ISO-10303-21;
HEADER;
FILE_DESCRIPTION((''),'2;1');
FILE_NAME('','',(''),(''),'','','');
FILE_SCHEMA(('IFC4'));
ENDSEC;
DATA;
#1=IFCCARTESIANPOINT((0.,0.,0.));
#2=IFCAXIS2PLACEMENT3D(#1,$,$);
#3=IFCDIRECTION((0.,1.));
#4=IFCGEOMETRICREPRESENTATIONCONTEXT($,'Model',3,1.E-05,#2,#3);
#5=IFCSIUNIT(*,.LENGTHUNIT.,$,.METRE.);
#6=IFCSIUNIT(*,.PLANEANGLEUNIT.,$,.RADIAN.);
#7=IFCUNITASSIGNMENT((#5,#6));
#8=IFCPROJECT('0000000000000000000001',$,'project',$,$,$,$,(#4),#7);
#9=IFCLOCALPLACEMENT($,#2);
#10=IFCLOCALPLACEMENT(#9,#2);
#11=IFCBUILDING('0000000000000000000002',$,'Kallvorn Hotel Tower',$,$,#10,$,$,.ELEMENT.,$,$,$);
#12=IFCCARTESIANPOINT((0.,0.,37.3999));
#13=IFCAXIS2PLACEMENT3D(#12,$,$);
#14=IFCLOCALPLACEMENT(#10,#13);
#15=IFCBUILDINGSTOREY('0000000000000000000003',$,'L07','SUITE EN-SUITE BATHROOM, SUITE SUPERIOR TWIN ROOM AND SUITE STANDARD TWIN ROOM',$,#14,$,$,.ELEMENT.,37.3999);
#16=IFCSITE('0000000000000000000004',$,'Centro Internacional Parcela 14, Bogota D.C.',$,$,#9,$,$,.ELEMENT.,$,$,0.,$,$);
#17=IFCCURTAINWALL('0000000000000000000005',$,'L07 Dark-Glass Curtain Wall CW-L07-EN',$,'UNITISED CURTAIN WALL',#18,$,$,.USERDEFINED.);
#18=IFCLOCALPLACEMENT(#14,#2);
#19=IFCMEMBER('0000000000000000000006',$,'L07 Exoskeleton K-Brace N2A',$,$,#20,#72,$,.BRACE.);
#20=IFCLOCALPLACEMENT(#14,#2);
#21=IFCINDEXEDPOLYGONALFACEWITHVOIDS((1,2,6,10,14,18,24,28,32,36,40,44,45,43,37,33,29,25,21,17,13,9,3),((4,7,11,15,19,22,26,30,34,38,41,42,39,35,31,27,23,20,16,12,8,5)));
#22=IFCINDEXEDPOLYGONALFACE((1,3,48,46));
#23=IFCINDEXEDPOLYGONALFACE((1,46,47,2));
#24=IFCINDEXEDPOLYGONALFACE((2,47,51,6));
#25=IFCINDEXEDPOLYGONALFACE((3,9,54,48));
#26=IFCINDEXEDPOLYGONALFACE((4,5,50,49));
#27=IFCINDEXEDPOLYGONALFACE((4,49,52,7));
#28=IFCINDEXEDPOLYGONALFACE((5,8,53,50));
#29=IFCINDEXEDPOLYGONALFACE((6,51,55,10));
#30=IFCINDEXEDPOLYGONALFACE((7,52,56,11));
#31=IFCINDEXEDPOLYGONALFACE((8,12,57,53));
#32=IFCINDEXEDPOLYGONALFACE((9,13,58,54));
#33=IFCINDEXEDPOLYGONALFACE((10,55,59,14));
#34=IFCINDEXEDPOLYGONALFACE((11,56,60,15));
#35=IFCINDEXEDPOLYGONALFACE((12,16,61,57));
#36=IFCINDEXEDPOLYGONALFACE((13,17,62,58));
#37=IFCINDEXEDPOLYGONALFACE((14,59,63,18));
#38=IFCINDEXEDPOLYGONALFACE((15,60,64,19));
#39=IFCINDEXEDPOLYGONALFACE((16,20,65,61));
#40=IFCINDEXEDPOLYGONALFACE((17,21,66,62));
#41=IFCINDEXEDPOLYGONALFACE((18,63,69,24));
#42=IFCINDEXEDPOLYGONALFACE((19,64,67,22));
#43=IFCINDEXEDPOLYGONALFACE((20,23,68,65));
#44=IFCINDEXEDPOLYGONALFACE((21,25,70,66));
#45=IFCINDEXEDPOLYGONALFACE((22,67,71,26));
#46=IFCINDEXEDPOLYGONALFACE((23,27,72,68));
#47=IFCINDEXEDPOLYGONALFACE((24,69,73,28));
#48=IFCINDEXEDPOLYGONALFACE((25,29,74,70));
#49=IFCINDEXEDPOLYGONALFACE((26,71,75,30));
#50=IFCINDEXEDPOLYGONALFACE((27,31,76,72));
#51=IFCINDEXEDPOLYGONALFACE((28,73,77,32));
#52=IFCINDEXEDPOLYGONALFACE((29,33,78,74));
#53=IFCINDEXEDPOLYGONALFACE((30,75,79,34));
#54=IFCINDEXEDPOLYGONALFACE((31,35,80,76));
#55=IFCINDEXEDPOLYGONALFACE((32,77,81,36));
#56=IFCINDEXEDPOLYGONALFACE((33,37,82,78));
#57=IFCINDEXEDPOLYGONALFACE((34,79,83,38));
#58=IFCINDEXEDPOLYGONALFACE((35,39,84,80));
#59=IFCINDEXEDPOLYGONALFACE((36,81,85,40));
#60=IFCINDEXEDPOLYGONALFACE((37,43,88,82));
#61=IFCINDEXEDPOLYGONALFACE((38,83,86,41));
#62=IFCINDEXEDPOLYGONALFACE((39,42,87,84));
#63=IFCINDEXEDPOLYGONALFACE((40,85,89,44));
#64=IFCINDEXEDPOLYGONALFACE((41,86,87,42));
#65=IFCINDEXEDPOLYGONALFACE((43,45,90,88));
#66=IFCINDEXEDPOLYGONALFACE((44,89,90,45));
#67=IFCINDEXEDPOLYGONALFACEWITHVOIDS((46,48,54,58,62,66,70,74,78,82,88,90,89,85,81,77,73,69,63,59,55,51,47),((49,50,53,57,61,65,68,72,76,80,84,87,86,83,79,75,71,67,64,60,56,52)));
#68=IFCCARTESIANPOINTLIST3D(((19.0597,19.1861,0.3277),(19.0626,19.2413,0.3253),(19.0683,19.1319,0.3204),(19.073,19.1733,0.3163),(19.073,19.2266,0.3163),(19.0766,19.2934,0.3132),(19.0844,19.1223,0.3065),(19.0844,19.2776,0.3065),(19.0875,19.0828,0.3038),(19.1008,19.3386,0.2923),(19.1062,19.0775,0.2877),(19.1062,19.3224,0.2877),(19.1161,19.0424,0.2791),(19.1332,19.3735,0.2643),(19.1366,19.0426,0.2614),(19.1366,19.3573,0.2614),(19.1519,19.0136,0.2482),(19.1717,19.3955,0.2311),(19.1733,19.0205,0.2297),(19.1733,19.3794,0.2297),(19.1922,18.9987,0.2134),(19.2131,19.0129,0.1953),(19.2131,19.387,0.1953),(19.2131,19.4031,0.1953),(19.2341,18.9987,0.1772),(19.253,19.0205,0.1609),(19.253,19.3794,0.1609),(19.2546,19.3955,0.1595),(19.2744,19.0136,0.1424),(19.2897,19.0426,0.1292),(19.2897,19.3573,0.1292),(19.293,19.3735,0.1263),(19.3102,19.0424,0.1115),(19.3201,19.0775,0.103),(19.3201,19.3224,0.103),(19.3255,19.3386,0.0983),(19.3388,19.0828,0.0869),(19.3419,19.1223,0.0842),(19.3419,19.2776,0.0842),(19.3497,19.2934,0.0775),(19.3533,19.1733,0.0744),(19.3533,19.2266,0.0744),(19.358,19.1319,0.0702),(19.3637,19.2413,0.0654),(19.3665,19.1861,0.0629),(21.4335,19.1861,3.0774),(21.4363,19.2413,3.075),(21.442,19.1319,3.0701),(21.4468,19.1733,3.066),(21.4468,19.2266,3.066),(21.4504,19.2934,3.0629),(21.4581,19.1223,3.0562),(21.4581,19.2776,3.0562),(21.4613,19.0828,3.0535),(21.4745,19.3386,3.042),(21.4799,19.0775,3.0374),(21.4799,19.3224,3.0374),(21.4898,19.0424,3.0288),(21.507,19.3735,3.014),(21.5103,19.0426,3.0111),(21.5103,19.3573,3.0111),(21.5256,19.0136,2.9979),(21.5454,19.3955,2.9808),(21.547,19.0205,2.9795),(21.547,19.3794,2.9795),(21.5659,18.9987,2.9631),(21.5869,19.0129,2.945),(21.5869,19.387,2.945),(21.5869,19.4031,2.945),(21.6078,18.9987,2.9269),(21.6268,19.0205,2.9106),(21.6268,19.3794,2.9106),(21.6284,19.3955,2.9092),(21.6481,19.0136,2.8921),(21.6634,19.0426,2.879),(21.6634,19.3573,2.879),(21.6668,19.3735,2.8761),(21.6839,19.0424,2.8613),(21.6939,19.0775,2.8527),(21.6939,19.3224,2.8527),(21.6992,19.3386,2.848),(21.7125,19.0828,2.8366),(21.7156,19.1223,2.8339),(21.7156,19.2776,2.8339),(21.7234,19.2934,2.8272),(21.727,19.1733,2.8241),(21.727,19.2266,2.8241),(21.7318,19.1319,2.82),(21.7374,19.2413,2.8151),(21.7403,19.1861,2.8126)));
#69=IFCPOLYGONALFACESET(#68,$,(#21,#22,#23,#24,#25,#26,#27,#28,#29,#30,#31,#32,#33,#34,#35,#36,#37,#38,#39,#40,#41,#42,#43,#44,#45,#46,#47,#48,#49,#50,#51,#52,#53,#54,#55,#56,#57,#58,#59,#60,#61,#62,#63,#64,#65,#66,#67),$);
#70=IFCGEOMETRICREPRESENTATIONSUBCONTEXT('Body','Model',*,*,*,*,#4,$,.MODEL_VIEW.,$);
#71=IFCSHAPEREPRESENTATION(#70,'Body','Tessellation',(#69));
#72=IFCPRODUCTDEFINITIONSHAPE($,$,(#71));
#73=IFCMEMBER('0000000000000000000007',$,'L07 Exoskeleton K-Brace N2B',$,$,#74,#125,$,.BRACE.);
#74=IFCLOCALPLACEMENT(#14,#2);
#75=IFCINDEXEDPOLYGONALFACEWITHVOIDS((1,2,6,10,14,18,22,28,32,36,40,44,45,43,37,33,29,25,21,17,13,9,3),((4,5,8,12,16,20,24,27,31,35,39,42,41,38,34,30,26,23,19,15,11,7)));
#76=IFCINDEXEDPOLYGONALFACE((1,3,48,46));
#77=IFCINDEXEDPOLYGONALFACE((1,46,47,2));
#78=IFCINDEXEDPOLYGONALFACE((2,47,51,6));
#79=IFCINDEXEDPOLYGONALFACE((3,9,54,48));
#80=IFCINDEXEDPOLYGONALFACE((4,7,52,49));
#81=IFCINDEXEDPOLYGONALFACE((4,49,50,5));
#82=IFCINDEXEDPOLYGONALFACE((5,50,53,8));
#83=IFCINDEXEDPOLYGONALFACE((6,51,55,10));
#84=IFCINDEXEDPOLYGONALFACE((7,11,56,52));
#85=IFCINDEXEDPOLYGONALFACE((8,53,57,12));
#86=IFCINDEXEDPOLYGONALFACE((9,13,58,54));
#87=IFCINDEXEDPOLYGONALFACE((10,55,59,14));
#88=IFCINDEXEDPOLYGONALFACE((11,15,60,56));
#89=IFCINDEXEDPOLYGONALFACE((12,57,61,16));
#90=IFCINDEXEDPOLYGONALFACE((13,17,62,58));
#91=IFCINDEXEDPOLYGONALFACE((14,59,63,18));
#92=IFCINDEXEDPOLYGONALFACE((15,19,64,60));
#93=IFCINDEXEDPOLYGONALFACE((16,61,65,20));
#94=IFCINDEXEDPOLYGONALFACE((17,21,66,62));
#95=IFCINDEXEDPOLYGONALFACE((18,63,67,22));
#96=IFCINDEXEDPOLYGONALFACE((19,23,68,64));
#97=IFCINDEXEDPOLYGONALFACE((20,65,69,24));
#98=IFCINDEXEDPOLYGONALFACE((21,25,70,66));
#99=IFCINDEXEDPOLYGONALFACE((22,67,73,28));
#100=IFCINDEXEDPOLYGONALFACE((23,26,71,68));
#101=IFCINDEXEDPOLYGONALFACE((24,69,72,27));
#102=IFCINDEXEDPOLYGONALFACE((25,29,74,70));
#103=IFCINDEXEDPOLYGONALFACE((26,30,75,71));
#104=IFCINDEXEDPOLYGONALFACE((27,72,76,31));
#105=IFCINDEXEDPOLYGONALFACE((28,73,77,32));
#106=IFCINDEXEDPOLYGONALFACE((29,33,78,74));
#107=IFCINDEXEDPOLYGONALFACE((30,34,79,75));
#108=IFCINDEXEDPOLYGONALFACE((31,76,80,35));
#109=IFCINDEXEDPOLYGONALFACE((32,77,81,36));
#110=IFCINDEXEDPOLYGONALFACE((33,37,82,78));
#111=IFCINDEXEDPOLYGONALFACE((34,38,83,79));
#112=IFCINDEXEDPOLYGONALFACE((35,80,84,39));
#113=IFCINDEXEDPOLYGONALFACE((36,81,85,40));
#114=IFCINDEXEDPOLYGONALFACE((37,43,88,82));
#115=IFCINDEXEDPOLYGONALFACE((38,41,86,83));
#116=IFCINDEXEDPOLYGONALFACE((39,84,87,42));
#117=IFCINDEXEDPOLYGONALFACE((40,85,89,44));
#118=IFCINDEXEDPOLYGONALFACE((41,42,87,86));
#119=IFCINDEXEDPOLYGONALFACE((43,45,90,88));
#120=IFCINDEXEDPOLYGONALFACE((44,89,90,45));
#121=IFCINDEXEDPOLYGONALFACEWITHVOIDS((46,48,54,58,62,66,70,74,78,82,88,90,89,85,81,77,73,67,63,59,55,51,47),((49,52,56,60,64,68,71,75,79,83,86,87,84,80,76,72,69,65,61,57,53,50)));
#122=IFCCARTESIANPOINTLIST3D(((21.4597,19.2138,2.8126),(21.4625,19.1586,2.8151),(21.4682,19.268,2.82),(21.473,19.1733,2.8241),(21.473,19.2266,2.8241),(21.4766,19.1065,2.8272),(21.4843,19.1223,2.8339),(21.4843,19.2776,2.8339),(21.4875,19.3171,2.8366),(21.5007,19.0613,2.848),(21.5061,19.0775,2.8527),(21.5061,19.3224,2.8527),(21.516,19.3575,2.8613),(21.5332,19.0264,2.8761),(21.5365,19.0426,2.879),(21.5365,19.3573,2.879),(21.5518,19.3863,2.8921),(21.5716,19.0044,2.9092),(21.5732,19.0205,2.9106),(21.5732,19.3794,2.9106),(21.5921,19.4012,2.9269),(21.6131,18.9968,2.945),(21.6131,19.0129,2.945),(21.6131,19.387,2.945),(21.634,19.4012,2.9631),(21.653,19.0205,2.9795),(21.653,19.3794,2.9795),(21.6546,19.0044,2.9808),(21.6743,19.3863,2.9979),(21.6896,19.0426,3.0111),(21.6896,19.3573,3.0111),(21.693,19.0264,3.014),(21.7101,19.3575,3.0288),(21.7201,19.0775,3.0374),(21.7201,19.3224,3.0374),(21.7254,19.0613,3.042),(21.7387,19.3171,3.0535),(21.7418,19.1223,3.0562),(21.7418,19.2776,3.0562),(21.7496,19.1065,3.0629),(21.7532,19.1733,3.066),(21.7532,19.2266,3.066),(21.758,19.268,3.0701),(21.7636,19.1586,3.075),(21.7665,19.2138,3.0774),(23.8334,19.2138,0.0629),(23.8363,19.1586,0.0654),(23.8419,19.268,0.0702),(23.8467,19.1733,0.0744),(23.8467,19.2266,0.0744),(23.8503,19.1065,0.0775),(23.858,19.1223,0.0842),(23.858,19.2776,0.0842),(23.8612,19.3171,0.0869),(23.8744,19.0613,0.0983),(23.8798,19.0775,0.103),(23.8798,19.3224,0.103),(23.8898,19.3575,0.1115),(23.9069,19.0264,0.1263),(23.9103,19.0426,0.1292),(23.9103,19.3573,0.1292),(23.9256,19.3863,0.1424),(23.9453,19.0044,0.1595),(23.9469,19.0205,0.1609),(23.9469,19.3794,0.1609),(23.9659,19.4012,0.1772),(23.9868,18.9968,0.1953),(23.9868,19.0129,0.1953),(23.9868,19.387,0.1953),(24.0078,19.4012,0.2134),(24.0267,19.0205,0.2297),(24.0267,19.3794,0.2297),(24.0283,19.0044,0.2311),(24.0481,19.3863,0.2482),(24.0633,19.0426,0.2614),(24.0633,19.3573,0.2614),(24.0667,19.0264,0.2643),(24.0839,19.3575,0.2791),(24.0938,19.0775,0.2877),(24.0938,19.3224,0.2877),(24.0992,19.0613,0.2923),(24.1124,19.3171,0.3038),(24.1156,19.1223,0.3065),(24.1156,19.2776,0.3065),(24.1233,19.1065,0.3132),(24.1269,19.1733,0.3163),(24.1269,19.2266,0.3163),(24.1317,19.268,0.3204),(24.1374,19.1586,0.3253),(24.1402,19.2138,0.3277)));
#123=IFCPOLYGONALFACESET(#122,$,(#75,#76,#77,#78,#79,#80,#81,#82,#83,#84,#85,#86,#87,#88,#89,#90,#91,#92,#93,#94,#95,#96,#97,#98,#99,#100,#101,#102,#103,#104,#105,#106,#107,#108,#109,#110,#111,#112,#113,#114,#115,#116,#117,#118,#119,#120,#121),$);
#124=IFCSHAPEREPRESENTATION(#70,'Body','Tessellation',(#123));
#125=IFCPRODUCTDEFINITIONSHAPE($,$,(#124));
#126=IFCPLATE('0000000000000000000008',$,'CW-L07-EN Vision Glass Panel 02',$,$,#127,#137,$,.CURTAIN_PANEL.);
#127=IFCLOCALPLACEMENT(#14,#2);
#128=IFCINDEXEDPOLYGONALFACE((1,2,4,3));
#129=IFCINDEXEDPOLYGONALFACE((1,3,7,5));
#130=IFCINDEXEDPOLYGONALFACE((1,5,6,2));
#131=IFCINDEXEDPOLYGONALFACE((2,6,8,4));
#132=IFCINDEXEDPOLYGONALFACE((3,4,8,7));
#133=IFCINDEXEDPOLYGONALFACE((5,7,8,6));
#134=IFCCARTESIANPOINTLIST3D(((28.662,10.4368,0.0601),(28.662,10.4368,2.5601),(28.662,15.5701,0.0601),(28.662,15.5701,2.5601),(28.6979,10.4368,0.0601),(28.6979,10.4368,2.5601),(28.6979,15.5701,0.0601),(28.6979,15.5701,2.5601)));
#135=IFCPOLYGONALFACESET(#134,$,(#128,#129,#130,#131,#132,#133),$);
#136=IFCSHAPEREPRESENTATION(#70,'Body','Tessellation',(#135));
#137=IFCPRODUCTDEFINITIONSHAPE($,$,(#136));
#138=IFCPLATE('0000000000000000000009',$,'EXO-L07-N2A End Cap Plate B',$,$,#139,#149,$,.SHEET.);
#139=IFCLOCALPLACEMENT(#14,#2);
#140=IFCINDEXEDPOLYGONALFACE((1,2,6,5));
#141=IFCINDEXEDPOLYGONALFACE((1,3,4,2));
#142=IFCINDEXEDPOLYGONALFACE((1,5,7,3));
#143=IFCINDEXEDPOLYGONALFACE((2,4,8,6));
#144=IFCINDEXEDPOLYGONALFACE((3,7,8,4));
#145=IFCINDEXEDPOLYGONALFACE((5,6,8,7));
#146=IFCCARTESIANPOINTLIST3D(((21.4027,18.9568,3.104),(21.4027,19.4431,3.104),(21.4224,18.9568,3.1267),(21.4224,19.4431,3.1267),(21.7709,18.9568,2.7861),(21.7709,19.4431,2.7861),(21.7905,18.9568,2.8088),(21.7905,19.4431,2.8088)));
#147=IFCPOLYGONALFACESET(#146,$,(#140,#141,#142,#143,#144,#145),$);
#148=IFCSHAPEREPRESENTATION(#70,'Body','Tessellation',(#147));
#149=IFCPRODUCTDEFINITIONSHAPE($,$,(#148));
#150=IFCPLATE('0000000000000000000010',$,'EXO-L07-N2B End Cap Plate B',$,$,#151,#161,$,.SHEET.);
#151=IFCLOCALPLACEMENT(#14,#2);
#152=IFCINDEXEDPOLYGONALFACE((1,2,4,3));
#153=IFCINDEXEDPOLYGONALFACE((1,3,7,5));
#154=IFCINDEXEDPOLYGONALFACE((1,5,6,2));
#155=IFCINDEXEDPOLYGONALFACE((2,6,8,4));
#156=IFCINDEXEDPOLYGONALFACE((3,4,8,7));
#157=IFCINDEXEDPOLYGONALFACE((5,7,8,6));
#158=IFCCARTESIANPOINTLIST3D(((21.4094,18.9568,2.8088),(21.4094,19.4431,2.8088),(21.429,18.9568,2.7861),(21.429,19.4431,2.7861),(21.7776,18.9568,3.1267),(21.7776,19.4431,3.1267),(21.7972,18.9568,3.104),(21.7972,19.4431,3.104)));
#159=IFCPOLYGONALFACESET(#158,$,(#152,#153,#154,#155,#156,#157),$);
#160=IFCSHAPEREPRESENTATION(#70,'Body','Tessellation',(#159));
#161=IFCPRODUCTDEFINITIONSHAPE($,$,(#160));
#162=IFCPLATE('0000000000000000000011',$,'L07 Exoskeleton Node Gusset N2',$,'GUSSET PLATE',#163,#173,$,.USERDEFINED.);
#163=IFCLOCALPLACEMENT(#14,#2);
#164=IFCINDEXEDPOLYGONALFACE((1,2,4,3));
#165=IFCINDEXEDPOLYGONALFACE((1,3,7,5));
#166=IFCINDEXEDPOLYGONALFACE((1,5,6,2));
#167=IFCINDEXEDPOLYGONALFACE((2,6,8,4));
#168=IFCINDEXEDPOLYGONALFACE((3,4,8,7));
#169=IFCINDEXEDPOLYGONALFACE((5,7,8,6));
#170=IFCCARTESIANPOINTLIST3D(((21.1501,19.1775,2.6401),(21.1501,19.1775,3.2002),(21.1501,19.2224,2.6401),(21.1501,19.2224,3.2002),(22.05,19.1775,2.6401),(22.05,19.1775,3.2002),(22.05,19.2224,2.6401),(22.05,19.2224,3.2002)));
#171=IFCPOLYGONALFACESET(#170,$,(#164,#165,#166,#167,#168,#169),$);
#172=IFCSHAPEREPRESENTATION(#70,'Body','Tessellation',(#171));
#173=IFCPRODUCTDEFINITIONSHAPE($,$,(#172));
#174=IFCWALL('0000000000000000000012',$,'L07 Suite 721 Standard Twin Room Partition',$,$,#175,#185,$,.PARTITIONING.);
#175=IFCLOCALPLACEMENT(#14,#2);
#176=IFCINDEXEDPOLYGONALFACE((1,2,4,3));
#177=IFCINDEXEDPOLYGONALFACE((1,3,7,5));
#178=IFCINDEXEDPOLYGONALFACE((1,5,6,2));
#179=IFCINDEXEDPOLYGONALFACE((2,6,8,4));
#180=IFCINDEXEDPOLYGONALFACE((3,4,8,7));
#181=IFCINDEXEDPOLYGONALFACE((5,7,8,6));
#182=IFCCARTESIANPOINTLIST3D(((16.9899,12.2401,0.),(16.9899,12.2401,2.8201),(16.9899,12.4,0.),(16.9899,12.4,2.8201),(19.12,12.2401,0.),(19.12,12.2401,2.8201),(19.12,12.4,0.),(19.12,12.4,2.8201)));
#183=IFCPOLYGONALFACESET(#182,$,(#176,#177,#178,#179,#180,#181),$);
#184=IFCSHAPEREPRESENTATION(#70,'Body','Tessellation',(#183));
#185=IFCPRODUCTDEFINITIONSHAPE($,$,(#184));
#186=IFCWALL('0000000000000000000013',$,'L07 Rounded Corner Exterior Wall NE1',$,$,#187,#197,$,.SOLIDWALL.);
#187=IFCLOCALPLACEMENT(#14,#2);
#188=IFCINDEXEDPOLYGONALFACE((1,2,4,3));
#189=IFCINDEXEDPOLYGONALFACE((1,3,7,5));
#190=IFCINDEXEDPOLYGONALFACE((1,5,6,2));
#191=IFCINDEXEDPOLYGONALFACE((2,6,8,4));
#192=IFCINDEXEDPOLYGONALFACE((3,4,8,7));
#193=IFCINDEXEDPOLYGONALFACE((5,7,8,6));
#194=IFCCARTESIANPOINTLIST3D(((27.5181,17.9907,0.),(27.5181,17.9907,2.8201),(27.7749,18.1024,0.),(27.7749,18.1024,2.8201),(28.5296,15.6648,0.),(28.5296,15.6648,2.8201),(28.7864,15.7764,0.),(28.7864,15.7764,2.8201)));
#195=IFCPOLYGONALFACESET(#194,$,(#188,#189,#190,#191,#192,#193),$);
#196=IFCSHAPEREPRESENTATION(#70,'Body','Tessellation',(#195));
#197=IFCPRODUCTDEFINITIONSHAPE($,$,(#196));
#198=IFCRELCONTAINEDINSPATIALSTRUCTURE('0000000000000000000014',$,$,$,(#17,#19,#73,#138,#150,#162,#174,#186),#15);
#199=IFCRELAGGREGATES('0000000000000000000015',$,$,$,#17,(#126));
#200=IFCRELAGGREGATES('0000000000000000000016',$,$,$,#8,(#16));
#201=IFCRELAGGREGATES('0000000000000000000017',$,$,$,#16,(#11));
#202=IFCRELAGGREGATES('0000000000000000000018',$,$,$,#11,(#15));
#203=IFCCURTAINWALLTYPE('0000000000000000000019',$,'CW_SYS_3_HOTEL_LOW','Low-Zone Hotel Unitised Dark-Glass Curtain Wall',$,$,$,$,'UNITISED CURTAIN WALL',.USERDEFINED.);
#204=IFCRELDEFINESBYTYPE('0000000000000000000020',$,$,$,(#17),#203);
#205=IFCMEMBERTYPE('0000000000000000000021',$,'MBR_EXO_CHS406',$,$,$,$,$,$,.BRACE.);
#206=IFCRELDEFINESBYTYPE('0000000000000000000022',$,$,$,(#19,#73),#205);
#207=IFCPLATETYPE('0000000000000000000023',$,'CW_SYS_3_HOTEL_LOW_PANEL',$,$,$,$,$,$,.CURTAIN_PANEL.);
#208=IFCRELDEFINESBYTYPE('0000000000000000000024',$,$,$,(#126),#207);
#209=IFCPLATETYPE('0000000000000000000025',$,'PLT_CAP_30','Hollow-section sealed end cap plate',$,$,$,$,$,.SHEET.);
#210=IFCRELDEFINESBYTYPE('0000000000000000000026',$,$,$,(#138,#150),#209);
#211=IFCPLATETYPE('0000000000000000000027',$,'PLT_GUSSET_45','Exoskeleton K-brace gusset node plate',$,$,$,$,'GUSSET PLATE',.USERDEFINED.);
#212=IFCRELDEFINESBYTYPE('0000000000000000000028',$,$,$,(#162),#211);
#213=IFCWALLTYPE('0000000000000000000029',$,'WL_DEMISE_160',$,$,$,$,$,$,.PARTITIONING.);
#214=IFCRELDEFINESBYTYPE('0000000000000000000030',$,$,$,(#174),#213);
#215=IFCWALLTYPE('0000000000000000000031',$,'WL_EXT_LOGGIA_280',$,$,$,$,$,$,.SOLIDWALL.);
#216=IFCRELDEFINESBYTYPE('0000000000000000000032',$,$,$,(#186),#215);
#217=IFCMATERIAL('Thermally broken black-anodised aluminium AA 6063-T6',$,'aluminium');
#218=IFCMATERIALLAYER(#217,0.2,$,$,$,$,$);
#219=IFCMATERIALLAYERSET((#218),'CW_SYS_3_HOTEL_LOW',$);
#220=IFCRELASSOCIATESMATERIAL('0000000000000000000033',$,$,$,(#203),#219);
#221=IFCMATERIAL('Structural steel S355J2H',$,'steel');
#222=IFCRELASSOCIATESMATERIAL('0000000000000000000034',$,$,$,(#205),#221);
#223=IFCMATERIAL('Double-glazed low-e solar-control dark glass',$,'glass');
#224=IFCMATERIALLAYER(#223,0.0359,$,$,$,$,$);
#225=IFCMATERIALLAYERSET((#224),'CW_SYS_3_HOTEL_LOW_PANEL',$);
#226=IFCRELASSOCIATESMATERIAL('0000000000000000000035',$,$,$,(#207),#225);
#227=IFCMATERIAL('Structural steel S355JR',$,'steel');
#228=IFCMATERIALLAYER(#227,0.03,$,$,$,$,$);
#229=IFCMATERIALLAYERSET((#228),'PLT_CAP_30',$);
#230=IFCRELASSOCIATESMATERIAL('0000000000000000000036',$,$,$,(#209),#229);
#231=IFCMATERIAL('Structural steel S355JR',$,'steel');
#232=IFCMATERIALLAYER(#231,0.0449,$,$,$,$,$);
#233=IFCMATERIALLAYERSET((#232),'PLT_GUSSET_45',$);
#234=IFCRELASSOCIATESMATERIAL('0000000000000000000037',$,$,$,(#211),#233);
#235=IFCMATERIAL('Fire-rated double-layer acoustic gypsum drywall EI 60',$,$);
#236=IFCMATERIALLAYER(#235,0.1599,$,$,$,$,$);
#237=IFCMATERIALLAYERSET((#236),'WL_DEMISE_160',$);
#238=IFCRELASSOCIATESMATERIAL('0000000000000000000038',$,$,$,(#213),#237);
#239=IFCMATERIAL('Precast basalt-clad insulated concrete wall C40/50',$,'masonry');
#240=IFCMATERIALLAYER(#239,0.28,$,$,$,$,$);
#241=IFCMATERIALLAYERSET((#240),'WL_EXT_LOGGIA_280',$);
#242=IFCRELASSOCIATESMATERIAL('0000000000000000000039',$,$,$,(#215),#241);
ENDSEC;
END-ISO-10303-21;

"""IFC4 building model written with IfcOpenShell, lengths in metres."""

from ifc_helpers import new_model, si_unit, direction, frame, frame_2d, origin, origin_2d, place, context, subcontext, project, spatial, polyline, rectangle, hollow_circle, outline, extrude, material, layer, layer_set, material_profile, profile_set, type_object, element, aggregate, save


model = new_model("IFC4")

# Units and contexts
model_context = context("Model", 3, precision=1e-05, world=origin(), true_north=direction((0.0, 1.0)))
body_context = subcontext(model_context, "Body", "Model", "MODEL_VIEW")
ifc_project = project(units=[si_unit("LENGTHUNIT", "METRE"), si_unit("PLANEANGLEUNIT", "RADIAN")], contexts=[model_context])

# Site, building, storey
site_placement = place(None, origin())
site = spatial("IfcSite", under=ifc_project, at=site_placement, Name="Centro Internacional Parcela 14, Bogota D.C.", CompositionType="ELEMENT", RefElevation=0.0)
building_placement = place(site_placement, origin())
building = spatial("IfcBuilding", under=site, at=building_placement, Name="Kallvorn Hotel Tower", CompositionType="ELEMENT")
storey_placement = place(building_placement, frame((0.0, 0.0, 37.3999)))
storey = spatial("IfcBuildingStorey", under=building, at=storey_placement, Name="L07", Description="SUITE EN-SUITE BATHROOM, SUITE SUPERIOR TWIN ROOM AND SUITE STANDARD TWIN ROOM", CompositionType="ELEMENT", Elevation=37.3999)

# Curtain wall
ifc_material_1 = material(Name="Thermally broken black-anodised aluminium AA 6063-T6", Category="aluminium")
ifc_layer_1 = layer(ifc_material_1, 0.2)
ifc_layer_set_1 = layer_set([ifc_layer_1], Name="CW_SYS_3_HOTEL_LOW")
curtain_wall_type = type_object("IfcCurtainWallType", Name="CW_SYS_3_HOTEL_LOW", Description="Low-Zone Hotel Unitised Dark-Glass Curtain Wall", ElementType="UNITISED CURTAIN WALL", PredefinedType="USERDEFINED", material=ifc_layer_set_1)
curtain_wall_placement = place(storey_placement, origin())
curtain_wall = element("IfcCurtainWall", 1, at=curtain_wall_placement, inside=storey, type_object=curtain_wall_type, Name="L07 Dark-Glass Curtain Wall CW-L07-EN", ObjectType="UNITISED CURTAIN WALL", PredefinedType="USERDEFINED")

# Members
ifc_material_2 = material(Name="Structural steel S355J2H", Category="steel")
ifc_material_profile_1 = material_profile(ifc_material_2, hollow_circle(Radius=0.2031, WallThickness=0.0161, at=origin_2d()), Name="CHS 406.4x16")
ifc_profile_set_1 = profile_set([ifc_material_profile_1], Name="Structural steel S355J2H")
member_type_1 = type_object("IfcMemberType", Name="MBR_EXO_CHS406", PredefinedType="BRACE", material=ifc_profile_set_1)
for number, where, z_axis, x_axis, name in (
    (2, (19.2131, 19.2, 0.1953), (0.653461, 0.0, 0.756961), (0.0, 1.0, 0.0), "L07 Exoskeleton K-Brace N2A"),
    (3, (23.9868, 19.2, 0.1953), (-0.653461, 0.0, 0.756961), (0.0, -1.0, 0.0), "L07 Exoskeleton K-Brace N2B"),
):
    element("IfcMember", number, at=place(storey_placement, frame(where, z_axis=z_axis, x_axis=x_axis)), inside=storey, type_object=member_type_1, Name=name, PredefinedType="BRACE", context=body_context, shape_type="SweptSolid", body=[
        extrude(hollow_circle(Radius=0.2031, WallThickness=0.0161, at=origin_2d()), origin(), (0.0, 0.0, 1.0), 3.6326),
    ])

# Plate
ifc_material_3 = material(Name="Double-glazed low-e solar-control dark glass", Category="glass")
ifc_layer_2 = layer(ifc_material_3, 0.0359)
ifc_layer_set_2 = layer_set([ifc_layer_2], Name="CW_SYS_3_HOTEL_LOW_PANEL")
plate_type_1 = type_object("IfcPlateType", Name="CW_SYS_3_HOTEL_LOW_PANEL", PredefinedType="CURTAIN_PANEL", material=ifc_layer_set_2)
plate_1_placement = place(storey_placement, frame((28.6799, 13.0034, 0.0601), z_axis=(0.0, 0.0, 1.0), x_axis=(0.0, 1.0, 0.0)))
plate_1 = element("IfcPlate", 4, at=plate_1_placement, type_object=plate_type_1, Name="CW-L07-EN Vision Glass Panel 02", PredefinedType="CURTAIN_PANEL", context=body_context, shape_type="SweptSolid", body=[
    extrude(rectangle(XDim=5.1333, YDim=0.0359, at=origin_2d()), origin(), (0.0, 0.0, 1.0), 2.5),
])
aggregate(curtain_wall, [plate_1])

# Plates
ifc_material_4 = material(Name="Structural steel S355JR", Category="steel")
ifc_layer_3 = layer(ifc_material_4, 0.03)
ifc_layer_set_3 = layer_set([ifc_layer_3], Name="PLT_CAP_30")
plate_type_2 = type_object("IfcPlateType", Name="PLT_CAP_30", Description="Hollow-section sealed end cap plate", PredefinedType="SHEET", material=ifc_layer_set_3)
for number, where, z_axis, x_axis, name in (
    (5, (21.7905, 18.9568, 2.8088), (0.653515, 0.0, 0.756913), (0.0, 1.0, 0.0), "EXO-L07-N2A End Cap Plate B"),
    (6, (21.4094, 19.4431, 2.8088), (-0.653515, 0.0, 0.756913), (0.0, -1.0, 0.0), "EXO-L07-N2B End Cap Plate B"),
):
    element("IfcPlate", number, at=place(storey_placement, frame(where, z_axis=z_axis, x_axis=x_axis)), inside=storey, type_object=plate_type_2, Name=name, PredefinedType="SHEET", context=body_context, shape_type="SweptSolid", body=[
        extrude(outline(polyline([(0.0, 0.0), (0.4863, 0.0), (0.4863, 0.4864), (0.0, 0.4864), (0.0, 0.0)])), origin(), (0.0, 0.0, -1.0), 0.03),
    ])
ifc_material_5 = material(Name="Structural steel S355JR", Category="steel")
ifc_layer_4 = layer(ifc_material_5, 0.0449)
ifc_layer_set_4 = layer_set([ifc_layer_4], Name="PLT_GUSSET_45")
plate_type_3 = type_object("IfcPlateType", Name="PLT_GUSSET_45", Description="Exoskeleton K-brace gusset node plate", ElementType="GUSSET PLATE", PredefinedType="USERDEFINED", material=ifc_layer_set_4)
plate_2_placement = place(storey_placement, frame((21.6001, 19.2, 2.6401), z_axis=(0.0, 0.0, 1.0), x_axis=(1.0, 0.0, 0.0)))
element("IfcPlate", 7, at=plate_2_placement, inside=storey, type_object=plate_type_3, Name="L07 Exoskeleton Node Gusset N2", ObjectType="GUSSET PLATE", PredefinedType="USERDEFINED", context=body_context, shape_type="SweptSolid", body=[
    extrude(rectangle(XDim=0.8999, YDim=0.0449, at=origin_2d()), origin(), (0.0, 0.0, 1.0), 0.5601),
])

# Walls
ifc_material_6 = material(Name="Fire-rated double-layer acoustic gypsum drywall EI 60")
ifc_layer_5 = layer(ifc_material_6, 0.1599)
ifc_layer_set_5 = layer_set([ifc_layer_5], Name="WL_DEMISE_160")
wall_type_1 = type_object("IfcWallType", Name="WL_DEMISE_160", PredefinedType="PARTITIONING", material=ifc_layer_set_5)
wall_1_placement = place(storey_placement, frame((16.99, 12.3201, 0.0), z_axis=(0.0, 0.0, 1.0), x_axis=(1.0, 0.0, 0.0)))
element("IfcWall", 8, at=wall_1_placement, inside=storey, type_object=wall_type_1, Name="L07 Suite 721 Standard Twin Room Partition", PredefinedType="PARTITIONING", context=body_context, shape_type="SweptSolid", body=[
    extrude(rectangle(XDim=2.1301, YDim=0.1599, at=frame_2d((1.0649, 0.0))), origin(), (0.0, 0.0, 1.0), 2.8201),
])
ifc_material_7 = material(Name="Precast basalt-clad insulated concrete wall C40/50", Category="masonry")
ifc_layer_6 = layer(ifc_material_7, 0.28)
ifc_layer_set_6 = layer_set([ifc_layer_6], Name="WL_EXT_LOGGIA_280")
wall_type_2 = type_object("IfcWallType", Name="WL_EXT_LOGGIA_280", PredefinedType="SOLIDWALL", material=ifc_layer_set_6)
wall_2_placement = place(storey_placement, frame((28.658, 15.7207, 0.0), z_axis=(0.0, 0.0, 1.0), x_axis=(-0.398793, 0.917041, 0.0)))
element("IfcWall", 9, at=wall_2_placement, inside=storey, type_object=wall_type_2, Name="L07 Rounded Corner Exterior Wall NE1", PredefinedType="SOLIDWALL", context=body_context, shape_type="SweptSolid", body=[
    extrude(rectangle(XDim=2.5364, YDim=0.28, at=frame_2d((1.2681, 0.0))), origin(), (0.0, 0.0, 1.0), 2.8201),
])

save(model, "model.ifc")
